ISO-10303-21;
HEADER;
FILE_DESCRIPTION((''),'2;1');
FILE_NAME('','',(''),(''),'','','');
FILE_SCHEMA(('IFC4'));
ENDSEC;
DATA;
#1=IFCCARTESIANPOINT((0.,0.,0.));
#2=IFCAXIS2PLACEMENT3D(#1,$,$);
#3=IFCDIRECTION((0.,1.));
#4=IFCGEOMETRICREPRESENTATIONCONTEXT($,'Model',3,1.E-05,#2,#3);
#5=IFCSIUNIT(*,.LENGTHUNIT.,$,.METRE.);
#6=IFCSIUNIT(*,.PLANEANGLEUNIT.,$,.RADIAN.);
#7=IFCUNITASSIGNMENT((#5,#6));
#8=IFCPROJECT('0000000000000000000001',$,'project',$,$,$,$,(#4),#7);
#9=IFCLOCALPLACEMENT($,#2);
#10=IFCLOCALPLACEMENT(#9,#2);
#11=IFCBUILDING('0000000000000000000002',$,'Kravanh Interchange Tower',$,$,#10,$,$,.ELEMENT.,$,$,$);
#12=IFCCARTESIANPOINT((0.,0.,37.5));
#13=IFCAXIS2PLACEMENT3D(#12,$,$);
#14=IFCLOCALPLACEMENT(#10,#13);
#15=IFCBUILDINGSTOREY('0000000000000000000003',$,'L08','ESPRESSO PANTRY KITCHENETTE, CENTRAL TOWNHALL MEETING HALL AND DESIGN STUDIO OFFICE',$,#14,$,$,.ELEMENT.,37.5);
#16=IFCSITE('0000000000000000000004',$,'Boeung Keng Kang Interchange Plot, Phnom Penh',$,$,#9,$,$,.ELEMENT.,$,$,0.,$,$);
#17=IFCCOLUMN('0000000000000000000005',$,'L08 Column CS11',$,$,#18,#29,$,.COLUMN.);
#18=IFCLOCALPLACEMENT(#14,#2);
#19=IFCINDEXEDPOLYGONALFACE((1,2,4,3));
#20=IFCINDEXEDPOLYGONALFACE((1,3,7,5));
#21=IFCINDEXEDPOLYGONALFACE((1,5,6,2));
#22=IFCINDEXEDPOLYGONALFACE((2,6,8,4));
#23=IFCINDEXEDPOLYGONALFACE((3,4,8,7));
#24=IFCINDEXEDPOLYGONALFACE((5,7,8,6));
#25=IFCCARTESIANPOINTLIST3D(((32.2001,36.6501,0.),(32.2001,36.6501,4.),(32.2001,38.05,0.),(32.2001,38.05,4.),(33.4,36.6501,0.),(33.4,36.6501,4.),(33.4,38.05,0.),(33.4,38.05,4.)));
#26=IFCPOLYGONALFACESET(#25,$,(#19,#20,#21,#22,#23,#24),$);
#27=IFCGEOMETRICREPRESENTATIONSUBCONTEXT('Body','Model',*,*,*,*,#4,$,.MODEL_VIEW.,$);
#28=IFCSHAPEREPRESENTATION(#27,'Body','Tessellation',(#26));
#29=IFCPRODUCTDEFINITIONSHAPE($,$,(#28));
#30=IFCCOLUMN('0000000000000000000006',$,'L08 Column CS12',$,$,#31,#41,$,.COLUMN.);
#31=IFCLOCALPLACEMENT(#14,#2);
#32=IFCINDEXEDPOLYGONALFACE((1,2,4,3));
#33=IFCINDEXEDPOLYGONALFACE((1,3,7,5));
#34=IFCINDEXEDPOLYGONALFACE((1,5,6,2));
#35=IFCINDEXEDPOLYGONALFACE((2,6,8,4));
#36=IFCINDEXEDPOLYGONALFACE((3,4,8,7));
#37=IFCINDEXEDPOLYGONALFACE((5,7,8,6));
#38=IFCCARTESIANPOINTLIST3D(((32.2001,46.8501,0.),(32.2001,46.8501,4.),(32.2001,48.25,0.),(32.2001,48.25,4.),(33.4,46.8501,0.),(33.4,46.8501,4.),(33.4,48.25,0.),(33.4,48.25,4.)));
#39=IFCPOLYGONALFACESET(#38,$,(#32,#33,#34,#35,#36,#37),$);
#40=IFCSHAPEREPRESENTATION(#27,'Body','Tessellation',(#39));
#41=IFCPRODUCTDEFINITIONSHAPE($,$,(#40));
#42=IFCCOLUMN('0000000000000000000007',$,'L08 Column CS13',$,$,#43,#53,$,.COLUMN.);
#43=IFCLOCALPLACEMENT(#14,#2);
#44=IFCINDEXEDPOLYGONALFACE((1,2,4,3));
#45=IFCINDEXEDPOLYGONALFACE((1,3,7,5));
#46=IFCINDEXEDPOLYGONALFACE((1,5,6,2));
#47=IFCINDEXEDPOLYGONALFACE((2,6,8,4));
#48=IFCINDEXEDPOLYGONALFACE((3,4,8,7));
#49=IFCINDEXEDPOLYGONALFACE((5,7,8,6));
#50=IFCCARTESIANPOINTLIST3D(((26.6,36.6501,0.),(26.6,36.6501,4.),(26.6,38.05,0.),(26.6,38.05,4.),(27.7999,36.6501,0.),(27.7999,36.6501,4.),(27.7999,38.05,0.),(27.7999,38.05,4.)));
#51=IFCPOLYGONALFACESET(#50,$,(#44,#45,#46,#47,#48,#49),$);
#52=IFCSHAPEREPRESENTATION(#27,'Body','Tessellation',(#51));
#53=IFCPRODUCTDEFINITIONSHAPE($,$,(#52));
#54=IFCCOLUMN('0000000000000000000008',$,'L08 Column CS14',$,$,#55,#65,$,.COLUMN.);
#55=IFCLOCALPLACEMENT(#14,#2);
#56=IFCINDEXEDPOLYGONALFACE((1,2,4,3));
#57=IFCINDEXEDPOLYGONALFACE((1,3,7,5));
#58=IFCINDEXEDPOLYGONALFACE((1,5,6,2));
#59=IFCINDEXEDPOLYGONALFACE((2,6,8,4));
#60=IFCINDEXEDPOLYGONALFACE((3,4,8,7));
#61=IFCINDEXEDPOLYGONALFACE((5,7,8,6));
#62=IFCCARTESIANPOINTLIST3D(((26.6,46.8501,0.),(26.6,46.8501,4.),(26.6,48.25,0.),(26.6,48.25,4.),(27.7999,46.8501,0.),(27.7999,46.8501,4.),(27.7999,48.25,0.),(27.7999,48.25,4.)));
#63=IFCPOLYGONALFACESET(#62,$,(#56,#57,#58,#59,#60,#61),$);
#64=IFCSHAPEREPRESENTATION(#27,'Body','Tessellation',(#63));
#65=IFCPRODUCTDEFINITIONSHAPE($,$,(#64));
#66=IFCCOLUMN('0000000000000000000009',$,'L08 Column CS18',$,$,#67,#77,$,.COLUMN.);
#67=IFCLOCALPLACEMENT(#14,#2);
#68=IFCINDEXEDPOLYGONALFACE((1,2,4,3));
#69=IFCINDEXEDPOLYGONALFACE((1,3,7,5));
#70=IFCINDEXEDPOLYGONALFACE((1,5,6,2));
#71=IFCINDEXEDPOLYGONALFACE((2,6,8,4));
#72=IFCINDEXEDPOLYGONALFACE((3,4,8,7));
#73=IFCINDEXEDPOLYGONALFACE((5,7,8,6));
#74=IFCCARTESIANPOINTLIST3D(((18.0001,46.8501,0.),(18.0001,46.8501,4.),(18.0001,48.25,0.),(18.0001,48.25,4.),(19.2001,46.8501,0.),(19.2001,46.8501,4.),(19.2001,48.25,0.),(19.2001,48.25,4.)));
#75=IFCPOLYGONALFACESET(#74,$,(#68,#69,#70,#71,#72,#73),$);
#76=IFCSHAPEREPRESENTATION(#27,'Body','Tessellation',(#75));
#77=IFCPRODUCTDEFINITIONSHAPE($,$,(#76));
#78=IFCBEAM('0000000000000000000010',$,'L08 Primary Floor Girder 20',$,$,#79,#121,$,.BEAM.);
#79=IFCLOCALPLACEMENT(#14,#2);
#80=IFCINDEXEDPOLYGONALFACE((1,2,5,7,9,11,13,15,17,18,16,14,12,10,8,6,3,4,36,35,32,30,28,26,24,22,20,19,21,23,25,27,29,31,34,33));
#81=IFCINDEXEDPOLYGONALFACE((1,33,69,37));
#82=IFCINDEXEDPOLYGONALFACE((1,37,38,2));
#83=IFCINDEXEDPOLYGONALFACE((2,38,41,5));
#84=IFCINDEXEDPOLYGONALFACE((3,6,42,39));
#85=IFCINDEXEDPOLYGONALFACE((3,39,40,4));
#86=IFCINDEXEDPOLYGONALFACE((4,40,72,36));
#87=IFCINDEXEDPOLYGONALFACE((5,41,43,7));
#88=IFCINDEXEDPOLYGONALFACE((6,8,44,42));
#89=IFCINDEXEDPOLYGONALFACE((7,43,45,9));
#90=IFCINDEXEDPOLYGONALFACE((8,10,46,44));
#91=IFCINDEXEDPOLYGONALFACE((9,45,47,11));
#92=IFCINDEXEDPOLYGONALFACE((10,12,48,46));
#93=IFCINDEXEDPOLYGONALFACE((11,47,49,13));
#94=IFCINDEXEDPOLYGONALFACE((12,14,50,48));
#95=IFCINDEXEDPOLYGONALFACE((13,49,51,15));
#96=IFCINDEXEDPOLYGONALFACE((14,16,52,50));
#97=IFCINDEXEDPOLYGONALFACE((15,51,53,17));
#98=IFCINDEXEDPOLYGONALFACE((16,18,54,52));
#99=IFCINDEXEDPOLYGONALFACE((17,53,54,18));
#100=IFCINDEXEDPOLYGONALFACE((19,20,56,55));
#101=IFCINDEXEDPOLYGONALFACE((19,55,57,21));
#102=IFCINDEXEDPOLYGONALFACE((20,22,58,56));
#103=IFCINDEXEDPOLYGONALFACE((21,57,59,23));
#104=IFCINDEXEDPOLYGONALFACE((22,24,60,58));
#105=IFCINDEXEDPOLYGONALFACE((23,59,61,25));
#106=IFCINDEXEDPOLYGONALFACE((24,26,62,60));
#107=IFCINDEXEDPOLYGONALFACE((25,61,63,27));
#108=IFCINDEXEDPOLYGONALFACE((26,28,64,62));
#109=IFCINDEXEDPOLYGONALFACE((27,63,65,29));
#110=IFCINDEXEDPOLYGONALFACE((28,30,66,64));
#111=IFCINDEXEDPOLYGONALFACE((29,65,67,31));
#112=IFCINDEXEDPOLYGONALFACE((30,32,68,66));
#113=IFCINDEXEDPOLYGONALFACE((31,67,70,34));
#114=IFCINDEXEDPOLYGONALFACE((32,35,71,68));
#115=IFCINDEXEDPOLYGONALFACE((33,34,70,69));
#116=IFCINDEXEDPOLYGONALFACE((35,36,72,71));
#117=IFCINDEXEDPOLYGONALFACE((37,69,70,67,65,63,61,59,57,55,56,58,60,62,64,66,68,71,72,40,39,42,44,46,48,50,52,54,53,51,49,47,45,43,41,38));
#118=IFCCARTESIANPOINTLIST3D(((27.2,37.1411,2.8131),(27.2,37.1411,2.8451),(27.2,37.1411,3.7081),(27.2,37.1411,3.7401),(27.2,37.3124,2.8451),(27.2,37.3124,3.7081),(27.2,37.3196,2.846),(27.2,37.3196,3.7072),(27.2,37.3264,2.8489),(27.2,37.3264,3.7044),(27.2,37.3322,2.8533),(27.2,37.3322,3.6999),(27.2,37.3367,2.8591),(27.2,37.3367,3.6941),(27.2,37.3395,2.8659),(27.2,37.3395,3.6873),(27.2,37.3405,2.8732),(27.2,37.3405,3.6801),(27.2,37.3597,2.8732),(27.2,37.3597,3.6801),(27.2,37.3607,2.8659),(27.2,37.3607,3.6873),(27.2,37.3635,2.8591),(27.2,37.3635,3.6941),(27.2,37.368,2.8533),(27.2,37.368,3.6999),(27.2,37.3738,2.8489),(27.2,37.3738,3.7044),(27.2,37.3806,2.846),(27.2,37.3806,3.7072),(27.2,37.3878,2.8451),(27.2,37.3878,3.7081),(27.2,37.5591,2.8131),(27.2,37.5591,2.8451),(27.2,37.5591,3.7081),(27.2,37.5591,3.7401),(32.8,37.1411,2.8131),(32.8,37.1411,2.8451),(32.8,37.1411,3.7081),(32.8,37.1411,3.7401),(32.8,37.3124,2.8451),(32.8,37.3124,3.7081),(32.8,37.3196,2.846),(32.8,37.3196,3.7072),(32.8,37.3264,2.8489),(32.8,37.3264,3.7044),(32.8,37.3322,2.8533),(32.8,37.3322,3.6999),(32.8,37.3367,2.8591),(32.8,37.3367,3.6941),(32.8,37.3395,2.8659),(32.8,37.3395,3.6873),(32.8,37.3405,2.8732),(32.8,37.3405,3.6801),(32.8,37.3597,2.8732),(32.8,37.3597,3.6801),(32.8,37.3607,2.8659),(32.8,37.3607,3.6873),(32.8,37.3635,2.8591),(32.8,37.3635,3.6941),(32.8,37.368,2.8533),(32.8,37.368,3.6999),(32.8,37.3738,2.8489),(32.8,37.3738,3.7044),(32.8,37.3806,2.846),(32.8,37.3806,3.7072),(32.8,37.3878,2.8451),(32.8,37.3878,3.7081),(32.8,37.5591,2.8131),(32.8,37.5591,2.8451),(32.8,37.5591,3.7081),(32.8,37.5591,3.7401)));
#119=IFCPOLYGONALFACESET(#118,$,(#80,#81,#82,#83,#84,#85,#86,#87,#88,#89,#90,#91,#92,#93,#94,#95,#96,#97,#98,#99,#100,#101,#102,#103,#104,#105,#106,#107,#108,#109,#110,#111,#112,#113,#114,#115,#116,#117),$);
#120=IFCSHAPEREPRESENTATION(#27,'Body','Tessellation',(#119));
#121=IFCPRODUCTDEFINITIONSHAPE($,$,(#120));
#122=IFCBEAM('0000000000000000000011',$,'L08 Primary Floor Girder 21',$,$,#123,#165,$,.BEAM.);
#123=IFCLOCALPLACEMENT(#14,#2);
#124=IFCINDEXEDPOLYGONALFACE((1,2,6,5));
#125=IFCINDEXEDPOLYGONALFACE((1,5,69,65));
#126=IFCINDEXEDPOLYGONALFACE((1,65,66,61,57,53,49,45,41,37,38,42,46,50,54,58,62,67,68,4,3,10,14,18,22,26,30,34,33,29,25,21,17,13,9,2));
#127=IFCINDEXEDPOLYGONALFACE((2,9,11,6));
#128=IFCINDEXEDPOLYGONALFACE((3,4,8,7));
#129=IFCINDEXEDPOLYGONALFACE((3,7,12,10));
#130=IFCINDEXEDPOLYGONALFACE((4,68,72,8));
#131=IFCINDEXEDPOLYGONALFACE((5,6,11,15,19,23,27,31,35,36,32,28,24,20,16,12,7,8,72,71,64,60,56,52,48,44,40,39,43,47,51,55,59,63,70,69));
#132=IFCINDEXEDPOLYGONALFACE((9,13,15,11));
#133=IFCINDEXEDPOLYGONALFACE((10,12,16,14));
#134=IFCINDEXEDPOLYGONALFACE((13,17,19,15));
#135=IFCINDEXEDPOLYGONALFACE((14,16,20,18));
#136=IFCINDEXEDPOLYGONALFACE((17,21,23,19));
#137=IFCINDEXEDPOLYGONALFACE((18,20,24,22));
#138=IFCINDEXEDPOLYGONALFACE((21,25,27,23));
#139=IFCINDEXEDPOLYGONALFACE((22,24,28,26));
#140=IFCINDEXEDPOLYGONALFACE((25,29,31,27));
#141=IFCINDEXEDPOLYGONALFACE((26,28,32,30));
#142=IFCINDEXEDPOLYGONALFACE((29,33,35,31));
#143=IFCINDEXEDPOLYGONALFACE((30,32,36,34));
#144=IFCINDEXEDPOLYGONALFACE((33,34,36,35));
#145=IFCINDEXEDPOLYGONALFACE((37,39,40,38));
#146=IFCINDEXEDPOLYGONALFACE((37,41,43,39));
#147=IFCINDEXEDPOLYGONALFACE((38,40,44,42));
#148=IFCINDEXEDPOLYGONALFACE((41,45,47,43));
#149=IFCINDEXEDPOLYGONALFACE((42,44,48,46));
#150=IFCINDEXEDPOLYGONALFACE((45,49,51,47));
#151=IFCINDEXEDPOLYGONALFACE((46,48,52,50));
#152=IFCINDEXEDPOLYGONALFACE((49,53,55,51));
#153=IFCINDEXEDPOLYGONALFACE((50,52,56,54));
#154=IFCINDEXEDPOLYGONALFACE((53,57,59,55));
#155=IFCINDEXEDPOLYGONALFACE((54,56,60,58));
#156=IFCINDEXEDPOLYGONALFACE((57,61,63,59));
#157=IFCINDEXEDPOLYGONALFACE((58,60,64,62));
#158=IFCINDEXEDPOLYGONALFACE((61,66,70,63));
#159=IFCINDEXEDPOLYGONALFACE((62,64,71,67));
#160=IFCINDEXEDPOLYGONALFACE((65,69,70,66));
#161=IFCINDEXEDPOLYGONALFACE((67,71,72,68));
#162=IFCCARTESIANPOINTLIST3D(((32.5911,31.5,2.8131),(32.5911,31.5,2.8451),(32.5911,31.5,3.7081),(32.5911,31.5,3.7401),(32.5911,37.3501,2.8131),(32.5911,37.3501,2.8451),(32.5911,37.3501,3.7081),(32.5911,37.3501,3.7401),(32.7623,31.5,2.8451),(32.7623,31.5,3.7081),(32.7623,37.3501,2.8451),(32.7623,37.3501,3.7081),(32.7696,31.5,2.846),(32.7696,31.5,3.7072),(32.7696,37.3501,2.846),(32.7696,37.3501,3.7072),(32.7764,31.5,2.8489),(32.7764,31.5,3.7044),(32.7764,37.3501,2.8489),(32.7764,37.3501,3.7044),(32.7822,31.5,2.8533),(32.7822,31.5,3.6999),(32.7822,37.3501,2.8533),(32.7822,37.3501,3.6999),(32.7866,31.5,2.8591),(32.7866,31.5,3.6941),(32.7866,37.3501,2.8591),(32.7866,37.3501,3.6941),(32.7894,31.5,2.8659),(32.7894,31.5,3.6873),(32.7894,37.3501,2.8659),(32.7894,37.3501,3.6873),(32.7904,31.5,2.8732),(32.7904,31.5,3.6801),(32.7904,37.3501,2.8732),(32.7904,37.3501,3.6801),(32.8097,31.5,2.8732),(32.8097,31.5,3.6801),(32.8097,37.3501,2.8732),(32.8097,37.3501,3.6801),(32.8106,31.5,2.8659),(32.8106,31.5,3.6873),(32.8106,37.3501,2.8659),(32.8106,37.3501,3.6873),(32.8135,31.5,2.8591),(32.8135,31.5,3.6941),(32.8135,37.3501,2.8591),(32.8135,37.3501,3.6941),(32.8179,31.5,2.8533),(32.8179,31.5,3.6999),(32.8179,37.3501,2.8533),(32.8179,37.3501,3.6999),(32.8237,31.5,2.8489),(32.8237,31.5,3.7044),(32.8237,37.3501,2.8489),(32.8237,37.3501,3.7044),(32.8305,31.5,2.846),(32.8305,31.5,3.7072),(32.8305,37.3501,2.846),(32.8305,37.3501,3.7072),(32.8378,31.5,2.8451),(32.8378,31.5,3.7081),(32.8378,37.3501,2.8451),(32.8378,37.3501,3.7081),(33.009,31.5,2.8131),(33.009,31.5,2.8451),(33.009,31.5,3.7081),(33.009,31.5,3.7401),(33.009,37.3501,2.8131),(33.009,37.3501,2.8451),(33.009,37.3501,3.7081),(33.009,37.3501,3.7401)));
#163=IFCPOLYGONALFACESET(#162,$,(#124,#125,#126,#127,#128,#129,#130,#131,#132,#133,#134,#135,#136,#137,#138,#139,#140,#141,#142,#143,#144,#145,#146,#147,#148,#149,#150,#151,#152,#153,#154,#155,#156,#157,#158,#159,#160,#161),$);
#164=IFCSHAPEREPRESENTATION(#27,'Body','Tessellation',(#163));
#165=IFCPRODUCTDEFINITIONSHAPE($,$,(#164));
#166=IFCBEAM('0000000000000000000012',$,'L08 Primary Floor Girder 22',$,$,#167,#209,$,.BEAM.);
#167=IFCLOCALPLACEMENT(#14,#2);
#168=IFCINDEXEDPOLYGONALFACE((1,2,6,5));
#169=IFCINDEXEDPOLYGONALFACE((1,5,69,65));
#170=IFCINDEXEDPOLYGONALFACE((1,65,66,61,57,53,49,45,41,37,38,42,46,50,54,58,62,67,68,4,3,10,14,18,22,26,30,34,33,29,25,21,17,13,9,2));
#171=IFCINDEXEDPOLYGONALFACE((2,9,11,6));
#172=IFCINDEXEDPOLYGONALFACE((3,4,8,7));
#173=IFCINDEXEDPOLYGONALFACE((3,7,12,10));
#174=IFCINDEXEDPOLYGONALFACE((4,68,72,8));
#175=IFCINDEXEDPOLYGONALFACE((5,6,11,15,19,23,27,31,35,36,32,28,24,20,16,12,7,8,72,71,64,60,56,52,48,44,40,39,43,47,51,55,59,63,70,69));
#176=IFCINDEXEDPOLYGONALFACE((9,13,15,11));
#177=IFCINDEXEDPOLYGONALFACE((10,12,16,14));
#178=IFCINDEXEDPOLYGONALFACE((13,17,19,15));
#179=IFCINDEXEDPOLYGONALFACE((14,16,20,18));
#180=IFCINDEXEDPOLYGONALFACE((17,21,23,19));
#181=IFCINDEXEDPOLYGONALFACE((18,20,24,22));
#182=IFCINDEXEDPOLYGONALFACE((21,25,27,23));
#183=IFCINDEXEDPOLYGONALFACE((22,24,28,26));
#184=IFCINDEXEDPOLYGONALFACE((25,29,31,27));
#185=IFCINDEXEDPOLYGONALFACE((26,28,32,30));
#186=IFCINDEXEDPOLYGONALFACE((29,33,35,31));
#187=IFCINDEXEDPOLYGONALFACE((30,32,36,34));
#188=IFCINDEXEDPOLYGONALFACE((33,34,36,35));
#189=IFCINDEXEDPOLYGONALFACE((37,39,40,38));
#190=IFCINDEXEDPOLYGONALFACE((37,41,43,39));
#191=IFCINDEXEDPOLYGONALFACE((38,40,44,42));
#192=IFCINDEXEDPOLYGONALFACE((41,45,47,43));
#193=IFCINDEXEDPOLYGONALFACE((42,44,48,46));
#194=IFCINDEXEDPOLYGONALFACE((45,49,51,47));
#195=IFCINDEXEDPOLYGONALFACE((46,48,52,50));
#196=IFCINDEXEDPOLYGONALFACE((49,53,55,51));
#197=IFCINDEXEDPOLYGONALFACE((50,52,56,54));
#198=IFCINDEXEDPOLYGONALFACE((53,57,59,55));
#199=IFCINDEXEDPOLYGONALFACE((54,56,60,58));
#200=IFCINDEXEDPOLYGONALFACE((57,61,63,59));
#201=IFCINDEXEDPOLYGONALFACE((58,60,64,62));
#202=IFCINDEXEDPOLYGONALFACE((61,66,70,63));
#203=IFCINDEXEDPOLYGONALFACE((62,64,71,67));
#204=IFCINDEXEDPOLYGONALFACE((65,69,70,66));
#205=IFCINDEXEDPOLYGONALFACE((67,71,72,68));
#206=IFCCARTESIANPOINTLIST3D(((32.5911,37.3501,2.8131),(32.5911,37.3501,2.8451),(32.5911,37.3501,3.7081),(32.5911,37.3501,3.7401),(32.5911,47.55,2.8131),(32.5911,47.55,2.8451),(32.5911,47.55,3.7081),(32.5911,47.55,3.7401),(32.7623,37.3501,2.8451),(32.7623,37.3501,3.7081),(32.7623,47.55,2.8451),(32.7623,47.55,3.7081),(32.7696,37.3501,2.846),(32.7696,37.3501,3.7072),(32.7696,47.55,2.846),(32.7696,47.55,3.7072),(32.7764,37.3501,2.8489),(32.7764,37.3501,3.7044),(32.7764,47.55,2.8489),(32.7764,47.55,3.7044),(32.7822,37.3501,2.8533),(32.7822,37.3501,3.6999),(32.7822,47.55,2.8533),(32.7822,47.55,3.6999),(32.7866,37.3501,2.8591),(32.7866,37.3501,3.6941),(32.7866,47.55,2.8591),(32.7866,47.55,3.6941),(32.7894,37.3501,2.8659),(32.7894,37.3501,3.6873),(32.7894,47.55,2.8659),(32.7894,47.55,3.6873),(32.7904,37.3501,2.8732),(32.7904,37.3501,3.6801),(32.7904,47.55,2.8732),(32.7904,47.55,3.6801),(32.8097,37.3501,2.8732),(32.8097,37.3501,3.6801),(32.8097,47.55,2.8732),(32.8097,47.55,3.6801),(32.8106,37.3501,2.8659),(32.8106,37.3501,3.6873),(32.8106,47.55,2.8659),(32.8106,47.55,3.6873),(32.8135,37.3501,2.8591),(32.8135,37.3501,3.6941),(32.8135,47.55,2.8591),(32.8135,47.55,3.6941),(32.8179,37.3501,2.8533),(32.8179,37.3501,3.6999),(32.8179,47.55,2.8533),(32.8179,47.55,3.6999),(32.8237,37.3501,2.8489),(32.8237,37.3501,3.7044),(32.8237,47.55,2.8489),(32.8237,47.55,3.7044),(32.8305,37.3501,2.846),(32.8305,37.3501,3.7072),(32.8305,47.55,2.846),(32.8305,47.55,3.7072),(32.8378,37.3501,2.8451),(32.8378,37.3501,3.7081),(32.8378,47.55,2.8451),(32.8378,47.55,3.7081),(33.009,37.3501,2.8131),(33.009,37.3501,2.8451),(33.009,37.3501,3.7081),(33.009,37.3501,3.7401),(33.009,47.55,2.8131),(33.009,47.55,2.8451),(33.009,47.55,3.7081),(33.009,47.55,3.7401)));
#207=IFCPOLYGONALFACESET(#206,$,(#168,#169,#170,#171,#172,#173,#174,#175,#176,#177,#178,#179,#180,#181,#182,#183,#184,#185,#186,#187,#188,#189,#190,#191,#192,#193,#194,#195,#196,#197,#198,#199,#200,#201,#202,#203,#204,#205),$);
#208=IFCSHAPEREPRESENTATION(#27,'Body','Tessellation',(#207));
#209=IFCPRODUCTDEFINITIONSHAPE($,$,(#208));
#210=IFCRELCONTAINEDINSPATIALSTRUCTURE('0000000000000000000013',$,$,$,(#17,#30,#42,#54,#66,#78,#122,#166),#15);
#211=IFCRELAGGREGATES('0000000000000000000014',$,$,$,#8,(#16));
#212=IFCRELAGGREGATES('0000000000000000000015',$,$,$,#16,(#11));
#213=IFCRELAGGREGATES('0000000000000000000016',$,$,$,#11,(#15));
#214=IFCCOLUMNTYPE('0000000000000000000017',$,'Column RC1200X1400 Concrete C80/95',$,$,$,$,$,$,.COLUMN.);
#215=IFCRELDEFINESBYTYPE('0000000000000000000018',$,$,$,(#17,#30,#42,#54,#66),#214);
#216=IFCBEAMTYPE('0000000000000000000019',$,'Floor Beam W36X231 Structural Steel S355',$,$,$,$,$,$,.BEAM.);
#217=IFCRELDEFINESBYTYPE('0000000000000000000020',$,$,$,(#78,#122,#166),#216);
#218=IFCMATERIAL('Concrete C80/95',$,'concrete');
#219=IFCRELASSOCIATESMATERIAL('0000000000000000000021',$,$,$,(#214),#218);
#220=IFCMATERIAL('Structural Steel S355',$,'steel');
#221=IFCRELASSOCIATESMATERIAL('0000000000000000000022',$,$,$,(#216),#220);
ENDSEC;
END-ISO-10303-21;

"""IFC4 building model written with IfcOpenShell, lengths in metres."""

from ifc_helpers import new_model, si_unit, direction, frame, origin, origin_2d, place, context, subcontext, project, spatial, rectangle, i_section, extrude, material, material_profile, profile_set, type_object, element, save


model = new_model("IFC4")

# Units and contexts
model_context = context("Model", 3, precision=1e-05, world=origin(), true_north=direction((0.0, 1.0)))
body_context = subcontext(model_context, "Body", "Model", "MODEL_VIEW")
ifc_project = project(units=[si_unit("LENGTHUNIT", "METRE"), si_unit("PLANEANGLEUNIT", "RADIAN")], contexts=[model_context])

# Site, building, storey
site_placement = place(None, origin())
site = spatial("IfcSite", under=ifc_project, at=site_placement, Name="Boeung Keng Kang Interchange Plot, Phnom Penh", CompositionType="ELEMENT", RefElevation=0.0)
building_placement = place(site_placement, origin())
building = spatial("IfcBuilding", under=site, at=building_placement, Name="Kravanh Interchange Tower", CompositionType="ELEMENT")
storey_placement = place(building_placement, frame((0.0, 0.0, 37.5)))
storey = spatial("IfcBuildingStorey", under=building, at=storey_placement, Name="L08", Description="ESPRESSO PANTRY KITCHENETTE, CENTRAL TOWNHALL MEETING HALL AND DESIGN STUDIO OFFICE", CompositionType="ELEMENT", Elevation=37.5)

# Columns
ifc_material_1 = material(Name="Concrete C80/95", Category="concrete")
ifc_material_profile_1 = material_profile(ifc_material_1, rectangle(XDim=1.2, YDim=1.3999, at=origin_2d()), Name="RC1200X1400")
ifc_profile_set_1 = profile_set([ifc_material_profile_1], Name="Concrete C80/95")
column_type = type_object("IfcColumnType", Name="Column RC1200X1400 Concrete C80/95", PredefinedType="COLUMN", material=ifc_profile_set_1)
for number, where, z_axis, x_axis, name in (
    (1, (32.8, 37.3501, 0.0), (0.0, 0.0, 1.0), (1.0, 0.0, 0.0), "L08 Column CS11"),
    (2, (32.8, 47.55, 0.0), (0.0, 0.0, 1.0), (1.0, 0.0, 0.0), "L08 Column CS12"),
    (3, (27.2, 37.3501, 0.0), (0.0, 0.0, 1.0), (1.0, 0.0, 0.0), "L08 Column CS13"),
    (4, (27.2, 47.55, 0.0), (0.0, 0.0, 1.0), (1.0, 0.0, 0.0), "L08 Column CS14"),
    (5, (18.6001, 47.55, 0.0), (0.0, 0.0, 1.0), (1.0, 0.0, 0.0), "L08 Column CS18"),
):
    element("IfcColumn", number, at=place(storey_placement, frame(where, z_axis=z_axis, x_axis=x_axis)), inside=storey, type_object=column_type, Name=name, PredefinedType="COLUMN", context=body_context, shape_type="SweptSolid", body=[
        extrude(rectangle(XDim=1.2, YDim=1.3999, at=origin_2d()), origin(), (0.0, 0.0, 1.0), 4.0),
    ])

# Beams
ifc_material_2 = material(Name="Structural Steel S355", Category="steel")
ifc_material_profile_2 = material_profile(ifc_material_2, i_section(OverallWidth=0.418, OverallDepth=0.927, WebThickness=0.0193, FlangeThickness=0.032, FilletRadius=0.0281, at=origin_2d()), Name="W36X231")
ifc_profile_set_2 = profile_set([ifc_material_profile_2], Name="Structural Steel S355")
beam_type = type_object("IfcBeamType", Name="Floor Beam W36X231 Structural Steel S355", PredefinedType="BEAM", material=ifc_profile_set_2)
beam_1_placement = place(storey_placement, frame((32.8, 37.3501, 3.2766), z_axis=(-1.0, 0.0, 0.0), x_axis=(0.0, -1.0, 0.0)))
element("IfcBeam", 6, at=beam_1_placement, inside=storey, type_object=beam_type, Name="L08 Primary Floor Girder 20", PredefinedType="BEAM", context=body_context, shape_type="SweptSolid", body=[
    extrude(i_section(OverallWidth=0.418, OverallDepth=0.927, WebThickness=0.0193, FlangeThickness=0.032, FilletRadius=0.0281, at=origin_2d()), origin(), (0.0, 0.0, 1.0), 5.6001),
])
beam_2_placement = place(storey_placement, frame((32.8, 37.3501, 3.2766), z_axis=(0.0, -1.0, 0.0), x_axis=(1.0, 0.0, 0.0)))
element("IfcBeam", 7, at=beam_2_placement, inside=storey, type_object=beam_type, Name="L08 Primary Floor Girder 21", PredefinedType="BEAM", context=body_context, shape_type="SweptSolid", body=[
    extrude(i_section(OverallWidth=0.418, OverallDepth=0.927, WebThickness=0.0193, FlangeThickness=0.032, FilletRadius=0.0281, at=origin_2d()), origin(), (0.0, 0.0, 1.0), 5.8501),
])
beam_3_placement = place(storey_placement, frame((32.8, 37.3501, 3.2766), z_axis=(0.0, 1.0, 0.0), x_axis=(-1.0, 0.0, 0.0)))
element("IfcBeam", 8, at=beam_3_placement, inside=storey, type_object=beam_type, Name="L08 Primary Floor Girder 22", PredefinedType="BEAM", context=body_context, shape_type="SweptSolid", body=[
    extrude(i_section(OverallWidth=0.418, OverallDepth=0.927, WebThickness=0.0193, FlangeThickness=0.032, FilletRadius=0.0281, at=origin_2d()), origin(), (0.0, 0.0, 1.0), 10.2),
])

save(model, "model.ifc")
